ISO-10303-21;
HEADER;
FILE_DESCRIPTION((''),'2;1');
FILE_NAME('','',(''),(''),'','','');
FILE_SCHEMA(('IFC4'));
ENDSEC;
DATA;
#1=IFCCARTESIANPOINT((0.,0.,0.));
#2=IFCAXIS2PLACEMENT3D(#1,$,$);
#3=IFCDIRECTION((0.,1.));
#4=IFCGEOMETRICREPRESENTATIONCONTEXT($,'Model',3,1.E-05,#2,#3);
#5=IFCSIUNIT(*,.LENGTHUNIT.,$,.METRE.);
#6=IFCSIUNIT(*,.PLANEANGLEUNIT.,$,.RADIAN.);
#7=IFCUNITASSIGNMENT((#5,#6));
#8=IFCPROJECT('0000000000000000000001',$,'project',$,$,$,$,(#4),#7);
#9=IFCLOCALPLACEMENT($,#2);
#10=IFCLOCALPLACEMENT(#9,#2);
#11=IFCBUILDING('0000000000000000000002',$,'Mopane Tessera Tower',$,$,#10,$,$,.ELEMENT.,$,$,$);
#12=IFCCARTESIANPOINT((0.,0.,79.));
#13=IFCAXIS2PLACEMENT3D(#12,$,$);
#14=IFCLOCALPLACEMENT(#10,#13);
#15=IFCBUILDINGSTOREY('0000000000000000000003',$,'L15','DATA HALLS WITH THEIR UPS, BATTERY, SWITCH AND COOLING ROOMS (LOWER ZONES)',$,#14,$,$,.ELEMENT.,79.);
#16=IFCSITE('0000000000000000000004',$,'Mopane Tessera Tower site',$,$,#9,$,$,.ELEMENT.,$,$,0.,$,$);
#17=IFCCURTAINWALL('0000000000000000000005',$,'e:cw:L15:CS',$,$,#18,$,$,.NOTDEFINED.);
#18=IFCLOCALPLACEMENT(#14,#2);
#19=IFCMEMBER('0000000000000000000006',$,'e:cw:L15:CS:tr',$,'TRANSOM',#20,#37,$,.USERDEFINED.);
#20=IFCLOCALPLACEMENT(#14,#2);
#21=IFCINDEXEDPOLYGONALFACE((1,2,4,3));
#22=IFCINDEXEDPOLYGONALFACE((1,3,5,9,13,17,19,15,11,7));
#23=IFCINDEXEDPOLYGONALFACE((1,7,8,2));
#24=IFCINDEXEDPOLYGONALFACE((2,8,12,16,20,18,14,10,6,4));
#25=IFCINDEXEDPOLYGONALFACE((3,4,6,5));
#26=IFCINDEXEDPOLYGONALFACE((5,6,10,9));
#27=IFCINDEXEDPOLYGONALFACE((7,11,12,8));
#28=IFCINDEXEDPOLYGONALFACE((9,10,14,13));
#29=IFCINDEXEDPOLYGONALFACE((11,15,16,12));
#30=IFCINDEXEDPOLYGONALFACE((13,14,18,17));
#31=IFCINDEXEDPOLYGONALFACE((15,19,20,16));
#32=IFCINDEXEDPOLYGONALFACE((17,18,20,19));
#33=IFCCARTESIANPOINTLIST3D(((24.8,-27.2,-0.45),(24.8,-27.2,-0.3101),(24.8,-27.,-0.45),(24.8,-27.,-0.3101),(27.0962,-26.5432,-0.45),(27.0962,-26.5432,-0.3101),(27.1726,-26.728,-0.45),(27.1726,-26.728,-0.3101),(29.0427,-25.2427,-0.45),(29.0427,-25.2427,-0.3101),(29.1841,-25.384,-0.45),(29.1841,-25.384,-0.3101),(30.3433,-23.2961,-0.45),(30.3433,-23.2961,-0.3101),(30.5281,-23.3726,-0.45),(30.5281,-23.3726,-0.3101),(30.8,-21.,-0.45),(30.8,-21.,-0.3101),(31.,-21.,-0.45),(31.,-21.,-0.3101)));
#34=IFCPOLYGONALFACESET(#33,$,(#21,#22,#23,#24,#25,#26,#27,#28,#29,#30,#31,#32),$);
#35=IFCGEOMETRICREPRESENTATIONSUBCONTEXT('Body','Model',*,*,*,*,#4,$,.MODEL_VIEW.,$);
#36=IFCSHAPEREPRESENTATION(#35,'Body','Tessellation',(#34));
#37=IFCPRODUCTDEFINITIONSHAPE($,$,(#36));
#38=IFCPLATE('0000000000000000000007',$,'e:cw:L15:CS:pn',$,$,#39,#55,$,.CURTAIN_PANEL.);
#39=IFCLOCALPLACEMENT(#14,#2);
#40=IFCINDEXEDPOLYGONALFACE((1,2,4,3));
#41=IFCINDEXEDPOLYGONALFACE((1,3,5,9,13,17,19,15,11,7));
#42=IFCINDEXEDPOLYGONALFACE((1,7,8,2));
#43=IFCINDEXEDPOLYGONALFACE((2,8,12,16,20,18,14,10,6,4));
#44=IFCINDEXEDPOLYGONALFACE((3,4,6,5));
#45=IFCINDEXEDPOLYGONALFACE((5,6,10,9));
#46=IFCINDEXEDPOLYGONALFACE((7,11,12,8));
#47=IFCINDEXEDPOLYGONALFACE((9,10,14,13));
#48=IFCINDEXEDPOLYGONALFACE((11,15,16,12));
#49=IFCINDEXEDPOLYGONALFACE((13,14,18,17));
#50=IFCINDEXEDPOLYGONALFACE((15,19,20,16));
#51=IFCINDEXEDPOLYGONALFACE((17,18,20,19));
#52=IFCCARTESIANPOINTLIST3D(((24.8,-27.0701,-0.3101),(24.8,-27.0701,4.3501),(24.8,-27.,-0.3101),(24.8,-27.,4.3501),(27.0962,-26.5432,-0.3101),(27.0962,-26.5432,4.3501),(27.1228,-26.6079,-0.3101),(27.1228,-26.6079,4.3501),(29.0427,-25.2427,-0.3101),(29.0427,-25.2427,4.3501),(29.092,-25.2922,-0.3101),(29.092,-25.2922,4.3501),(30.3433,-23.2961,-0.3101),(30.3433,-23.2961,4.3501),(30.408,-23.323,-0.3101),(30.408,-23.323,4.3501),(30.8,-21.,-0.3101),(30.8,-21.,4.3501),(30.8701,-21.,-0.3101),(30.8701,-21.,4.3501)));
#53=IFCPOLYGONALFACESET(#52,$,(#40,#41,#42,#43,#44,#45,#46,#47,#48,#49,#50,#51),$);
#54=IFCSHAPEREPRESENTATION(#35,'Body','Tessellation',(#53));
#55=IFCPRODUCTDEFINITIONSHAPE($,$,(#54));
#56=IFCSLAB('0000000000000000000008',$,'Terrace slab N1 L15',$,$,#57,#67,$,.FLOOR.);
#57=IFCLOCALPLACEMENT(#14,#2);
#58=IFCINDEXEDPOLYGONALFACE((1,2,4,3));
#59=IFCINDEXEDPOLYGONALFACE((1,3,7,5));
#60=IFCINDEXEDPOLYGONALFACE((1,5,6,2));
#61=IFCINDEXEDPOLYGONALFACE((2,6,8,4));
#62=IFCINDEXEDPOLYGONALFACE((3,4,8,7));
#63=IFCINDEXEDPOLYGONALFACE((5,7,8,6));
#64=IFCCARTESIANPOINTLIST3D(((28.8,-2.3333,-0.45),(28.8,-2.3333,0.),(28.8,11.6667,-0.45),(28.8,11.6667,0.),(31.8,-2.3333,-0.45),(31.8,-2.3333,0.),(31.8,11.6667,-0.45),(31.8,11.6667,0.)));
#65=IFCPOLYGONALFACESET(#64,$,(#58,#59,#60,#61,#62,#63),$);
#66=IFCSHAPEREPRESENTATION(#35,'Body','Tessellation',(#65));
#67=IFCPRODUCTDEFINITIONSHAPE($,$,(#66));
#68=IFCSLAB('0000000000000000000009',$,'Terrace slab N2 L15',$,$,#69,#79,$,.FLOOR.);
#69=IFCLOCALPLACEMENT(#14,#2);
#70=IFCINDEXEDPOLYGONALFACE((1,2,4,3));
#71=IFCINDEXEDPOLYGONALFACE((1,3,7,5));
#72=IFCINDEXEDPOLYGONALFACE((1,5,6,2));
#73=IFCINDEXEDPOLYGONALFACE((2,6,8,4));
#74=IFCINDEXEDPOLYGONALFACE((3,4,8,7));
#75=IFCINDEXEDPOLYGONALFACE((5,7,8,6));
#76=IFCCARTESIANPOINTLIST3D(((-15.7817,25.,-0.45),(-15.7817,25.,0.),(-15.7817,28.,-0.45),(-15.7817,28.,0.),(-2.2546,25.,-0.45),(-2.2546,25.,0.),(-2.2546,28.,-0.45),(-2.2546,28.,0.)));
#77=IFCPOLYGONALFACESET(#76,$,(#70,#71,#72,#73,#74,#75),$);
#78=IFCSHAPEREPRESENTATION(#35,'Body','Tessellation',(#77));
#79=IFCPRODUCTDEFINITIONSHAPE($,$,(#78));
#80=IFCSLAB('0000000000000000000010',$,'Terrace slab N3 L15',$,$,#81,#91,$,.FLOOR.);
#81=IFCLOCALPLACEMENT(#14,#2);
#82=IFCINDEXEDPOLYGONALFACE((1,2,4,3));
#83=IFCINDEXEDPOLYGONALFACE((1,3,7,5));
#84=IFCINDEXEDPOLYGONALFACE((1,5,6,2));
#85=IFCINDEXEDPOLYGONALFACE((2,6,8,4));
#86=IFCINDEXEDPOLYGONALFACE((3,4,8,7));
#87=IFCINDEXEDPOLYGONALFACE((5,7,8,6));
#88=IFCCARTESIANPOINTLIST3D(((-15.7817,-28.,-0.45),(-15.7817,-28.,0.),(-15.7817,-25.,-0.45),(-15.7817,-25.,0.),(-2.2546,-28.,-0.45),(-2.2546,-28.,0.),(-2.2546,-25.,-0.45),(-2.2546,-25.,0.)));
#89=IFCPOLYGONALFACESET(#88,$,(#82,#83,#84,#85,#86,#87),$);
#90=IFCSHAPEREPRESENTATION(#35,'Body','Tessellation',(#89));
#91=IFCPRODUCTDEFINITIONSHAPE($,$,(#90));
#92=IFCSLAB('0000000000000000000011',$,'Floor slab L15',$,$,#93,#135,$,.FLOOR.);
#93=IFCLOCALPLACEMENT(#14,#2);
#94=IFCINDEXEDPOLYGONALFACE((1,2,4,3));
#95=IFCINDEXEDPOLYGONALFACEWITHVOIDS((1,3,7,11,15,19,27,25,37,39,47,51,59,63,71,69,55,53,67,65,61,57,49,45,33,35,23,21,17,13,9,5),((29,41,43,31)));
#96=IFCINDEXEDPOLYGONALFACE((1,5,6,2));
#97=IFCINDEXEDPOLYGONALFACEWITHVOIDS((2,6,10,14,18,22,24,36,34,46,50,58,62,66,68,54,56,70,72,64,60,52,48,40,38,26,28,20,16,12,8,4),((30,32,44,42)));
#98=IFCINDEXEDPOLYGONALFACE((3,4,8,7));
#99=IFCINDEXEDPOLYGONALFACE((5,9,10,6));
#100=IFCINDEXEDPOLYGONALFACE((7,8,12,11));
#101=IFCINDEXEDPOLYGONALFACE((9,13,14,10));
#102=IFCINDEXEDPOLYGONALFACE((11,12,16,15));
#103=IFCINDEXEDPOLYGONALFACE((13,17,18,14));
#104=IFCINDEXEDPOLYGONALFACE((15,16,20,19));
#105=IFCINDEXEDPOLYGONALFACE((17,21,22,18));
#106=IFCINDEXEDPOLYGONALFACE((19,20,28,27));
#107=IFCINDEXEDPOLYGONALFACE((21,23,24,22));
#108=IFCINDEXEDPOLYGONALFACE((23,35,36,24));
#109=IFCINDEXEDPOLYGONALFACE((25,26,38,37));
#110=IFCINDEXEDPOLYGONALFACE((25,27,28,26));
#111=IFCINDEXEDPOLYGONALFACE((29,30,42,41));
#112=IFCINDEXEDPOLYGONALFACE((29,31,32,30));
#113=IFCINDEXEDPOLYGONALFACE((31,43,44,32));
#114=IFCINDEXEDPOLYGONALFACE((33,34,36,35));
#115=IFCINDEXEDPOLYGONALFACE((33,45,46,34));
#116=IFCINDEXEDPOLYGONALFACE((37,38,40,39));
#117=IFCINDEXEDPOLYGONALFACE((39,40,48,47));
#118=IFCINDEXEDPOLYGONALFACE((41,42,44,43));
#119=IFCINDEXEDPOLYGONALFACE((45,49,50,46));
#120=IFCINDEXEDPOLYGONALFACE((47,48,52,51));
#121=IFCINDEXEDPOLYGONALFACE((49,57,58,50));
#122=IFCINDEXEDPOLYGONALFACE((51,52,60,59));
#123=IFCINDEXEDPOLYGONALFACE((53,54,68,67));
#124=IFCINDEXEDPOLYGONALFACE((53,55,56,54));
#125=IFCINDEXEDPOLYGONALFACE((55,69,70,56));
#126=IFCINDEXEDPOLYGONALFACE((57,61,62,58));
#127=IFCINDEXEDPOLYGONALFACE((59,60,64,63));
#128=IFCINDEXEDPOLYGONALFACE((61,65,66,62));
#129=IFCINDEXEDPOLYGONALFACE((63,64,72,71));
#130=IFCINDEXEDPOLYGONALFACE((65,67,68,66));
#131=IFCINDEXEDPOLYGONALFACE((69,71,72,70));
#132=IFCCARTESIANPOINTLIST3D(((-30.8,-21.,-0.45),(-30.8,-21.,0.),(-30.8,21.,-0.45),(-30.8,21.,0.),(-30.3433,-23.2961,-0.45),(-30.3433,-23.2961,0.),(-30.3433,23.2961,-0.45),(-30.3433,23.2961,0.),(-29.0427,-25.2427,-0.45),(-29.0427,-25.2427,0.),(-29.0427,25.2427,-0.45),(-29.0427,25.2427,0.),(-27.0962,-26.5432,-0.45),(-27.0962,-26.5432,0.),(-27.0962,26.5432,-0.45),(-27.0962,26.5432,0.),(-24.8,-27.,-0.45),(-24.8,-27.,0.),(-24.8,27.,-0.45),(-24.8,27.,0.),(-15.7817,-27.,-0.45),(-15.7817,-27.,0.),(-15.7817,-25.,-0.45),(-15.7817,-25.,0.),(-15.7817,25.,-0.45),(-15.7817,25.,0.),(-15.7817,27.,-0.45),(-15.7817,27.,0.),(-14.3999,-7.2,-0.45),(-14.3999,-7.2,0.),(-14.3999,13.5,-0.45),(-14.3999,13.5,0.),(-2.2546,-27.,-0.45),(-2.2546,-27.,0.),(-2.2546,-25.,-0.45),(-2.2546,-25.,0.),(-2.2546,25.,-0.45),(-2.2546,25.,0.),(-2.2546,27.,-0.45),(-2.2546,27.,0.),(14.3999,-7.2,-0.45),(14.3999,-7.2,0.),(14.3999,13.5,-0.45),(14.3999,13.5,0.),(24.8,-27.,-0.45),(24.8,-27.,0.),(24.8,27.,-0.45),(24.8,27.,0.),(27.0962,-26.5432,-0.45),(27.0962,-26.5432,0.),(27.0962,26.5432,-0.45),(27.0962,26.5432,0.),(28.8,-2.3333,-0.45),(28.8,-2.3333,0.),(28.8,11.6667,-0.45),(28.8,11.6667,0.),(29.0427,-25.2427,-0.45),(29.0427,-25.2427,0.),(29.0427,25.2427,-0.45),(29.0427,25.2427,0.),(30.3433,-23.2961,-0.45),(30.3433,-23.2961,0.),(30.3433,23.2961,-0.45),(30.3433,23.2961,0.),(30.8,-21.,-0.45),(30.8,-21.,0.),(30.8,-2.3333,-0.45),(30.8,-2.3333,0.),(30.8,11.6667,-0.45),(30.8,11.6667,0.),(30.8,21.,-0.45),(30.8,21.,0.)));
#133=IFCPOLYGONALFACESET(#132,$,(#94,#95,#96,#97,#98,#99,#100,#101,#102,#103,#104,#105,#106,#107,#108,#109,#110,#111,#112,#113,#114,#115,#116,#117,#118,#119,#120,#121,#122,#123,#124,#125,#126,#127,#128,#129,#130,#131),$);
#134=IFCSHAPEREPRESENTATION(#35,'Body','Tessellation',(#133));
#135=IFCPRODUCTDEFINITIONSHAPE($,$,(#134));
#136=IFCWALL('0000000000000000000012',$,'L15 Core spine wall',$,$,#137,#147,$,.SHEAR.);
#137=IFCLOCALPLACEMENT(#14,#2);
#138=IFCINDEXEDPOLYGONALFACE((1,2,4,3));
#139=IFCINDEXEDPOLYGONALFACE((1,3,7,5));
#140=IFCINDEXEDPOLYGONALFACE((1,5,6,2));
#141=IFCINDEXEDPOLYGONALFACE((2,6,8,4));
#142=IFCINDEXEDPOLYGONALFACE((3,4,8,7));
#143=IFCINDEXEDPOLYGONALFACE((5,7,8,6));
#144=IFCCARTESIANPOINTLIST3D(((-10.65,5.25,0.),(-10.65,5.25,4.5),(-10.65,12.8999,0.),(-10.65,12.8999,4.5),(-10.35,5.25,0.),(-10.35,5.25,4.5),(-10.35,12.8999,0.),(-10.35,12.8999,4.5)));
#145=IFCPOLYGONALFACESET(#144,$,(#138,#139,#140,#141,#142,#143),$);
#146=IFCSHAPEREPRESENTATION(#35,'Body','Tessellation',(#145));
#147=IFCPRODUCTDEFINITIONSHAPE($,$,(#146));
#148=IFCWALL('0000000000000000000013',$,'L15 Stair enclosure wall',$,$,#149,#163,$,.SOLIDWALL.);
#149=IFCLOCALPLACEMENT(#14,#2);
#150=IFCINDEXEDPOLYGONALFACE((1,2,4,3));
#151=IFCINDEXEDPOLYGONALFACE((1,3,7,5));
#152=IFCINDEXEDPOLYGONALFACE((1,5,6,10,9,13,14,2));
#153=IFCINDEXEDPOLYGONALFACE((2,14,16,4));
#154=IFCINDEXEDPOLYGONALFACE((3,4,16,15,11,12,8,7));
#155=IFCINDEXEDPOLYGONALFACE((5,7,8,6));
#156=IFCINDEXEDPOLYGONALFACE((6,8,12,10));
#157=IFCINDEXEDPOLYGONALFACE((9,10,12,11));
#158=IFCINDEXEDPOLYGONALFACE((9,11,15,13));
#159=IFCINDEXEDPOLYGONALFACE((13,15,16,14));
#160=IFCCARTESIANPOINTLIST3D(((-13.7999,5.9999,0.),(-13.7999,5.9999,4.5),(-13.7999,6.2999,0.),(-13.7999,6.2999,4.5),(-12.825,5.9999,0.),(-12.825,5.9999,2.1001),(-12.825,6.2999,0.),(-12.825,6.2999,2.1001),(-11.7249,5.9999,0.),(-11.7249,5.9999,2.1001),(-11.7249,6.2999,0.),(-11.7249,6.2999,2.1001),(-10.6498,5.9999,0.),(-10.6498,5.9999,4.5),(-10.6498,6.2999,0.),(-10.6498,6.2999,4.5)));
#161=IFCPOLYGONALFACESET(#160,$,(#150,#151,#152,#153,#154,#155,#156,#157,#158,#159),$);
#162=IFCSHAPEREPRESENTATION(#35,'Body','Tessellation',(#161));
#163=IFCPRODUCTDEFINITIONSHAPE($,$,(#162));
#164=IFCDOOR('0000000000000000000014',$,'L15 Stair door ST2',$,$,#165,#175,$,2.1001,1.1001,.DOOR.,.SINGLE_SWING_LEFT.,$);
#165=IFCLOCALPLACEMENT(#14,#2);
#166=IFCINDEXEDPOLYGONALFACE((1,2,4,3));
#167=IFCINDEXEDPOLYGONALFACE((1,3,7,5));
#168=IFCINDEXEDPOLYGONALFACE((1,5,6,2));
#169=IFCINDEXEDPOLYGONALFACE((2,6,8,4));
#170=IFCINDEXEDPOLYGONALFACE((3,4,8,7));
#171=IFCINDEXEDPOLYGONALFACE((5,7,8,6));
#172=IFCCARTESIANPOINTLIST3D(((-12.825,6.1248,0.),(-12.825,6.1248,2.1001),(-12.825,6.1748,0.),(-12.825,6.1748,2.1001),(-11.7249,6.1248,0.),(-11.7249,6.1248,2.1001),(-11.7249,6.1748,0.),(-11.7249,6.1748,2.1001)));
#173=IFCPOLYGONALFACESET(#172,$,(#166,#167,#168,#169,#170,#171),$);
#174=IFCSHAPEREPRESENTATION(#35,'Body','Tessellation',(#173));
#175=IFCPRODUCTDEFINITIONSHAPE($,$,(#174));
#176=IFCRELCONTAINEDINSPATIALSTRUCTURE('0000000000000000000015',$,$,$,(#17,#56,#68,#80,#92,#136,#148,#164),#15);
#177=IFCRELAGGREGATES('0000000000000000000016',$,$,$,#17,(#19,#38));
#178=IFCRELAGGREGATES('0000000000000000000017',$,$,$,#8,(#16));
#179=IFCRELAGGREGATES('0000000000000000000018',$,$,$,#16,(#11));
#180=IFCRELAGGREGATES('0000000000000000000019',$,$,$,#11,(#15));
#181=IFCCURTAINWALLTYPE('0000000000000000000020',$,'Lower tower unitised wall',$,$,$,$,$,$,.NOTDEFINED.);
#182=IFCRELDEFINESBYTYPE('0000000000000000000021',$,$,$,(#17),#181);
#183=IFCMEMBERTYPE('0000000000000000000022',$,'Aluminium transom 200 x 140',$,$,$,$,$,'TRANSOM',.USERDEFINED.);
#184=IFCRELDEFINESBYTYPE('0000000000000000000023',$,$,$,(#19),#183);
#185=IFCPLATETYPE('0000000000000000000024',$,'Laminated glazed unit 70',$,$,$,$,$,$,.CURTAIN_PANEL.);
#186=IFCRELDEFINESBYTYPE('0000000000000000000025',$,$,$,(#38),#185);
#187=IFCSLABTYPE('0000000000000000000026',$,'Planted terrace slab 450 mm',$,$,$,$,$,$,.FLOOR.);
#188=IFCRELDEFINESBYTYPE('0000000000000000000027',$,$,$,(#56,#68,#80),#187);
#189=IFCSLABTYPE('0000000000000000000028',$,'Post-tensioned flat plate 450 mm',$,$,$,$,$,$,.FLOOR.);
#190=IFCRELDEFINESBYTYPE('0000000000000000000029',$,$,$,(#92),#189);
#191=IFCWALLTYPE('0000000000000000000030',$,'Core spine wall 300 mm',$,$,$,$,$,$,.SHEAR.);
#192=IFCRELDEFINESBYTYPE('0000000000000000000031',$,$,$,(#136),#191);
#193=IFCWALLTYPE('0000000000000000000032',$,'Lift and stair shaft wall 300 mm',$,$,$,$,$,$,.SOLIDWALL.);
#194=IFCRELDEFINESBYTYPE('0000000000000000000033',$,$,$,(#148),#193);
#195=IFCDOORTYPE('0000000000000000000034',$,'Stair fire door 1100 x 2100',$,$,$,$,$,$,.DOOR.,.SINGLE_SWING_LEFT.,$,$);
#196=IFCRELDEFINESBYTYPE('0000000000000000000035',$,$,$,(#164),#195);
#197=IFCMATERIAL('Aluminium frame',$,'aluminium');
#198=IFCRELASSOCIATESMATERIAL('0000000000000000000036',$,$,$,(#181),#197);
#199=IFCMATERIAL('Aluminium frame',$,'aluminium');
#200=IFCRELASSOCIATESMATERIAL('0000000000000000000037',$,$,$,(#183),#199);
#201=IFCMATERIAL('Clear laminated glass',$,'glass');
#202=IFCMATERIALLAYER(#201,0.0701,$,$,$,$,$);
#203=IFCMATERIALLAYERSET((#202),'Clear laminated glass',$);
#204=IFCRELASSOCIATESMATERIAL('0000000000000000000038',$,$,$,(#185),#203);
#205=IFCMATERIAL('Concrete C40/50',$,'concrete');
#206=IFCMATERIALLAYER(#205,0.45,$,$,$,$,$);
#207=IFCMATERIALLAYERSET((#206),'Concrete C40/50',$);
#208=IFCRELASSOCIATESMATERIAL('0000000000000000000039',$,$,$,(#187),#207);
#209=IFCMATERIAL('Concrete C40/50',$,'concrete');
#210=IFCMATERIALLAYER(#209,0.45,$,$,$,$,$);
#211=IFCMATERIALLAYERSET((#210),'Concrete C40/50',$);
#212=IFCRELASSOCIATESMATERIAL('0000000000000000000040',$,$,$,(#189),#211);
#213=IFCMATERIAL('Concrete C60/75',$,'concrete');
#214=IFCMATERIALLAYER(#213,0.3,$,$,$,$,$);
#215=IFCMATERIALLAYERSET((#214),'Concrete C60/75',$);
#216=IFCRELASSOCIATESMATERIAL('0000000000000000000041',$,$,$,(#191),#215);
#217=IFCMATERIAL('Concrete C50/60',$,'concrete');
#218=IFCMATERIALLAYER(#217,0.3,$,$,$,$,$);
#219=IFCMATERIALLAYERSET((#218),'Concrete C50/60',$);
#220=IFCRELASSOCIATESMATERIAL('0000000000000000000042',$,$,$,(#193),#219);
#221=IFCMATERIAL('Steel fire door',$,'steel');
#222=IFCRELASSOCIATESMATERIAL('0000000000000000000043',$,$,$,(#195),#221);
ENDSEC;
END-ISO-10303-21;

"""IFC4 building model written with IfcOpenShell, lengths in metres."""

from ifc_helpers import new_model, si_unit, direction, frame, frame_2d, origin, origin_2d, place, context, subcontext, project, spatial, polyline, rectangle, outline, extrude, material, layer, layer_set, material_profile, profile_set, type_object, element, fill, aggregate, save


model = new_model("IFC4")

# Units and contexts
model_context = context("Model", 3, precision=1e-05, world=origin(), true_north=direction((0.0, 1.0)))
body_context = subcontext(model_context, "Body", "Model", "MODEL_VIEW")
ifc_project = project(units=[si_unit("LENGTHUNIT", "METRE"), si_unit("PLANEANGLEUNIT", "RADIAN")], contexts=[model_context])

# Site, building, storey
site_placement = place(None, origin())
site = spatial("IfcSite", under=ifc_project, at=site_placement, Name="Mopane Tessera Tower site", CompositionType="ELEMENT", RefElevation=0.0)
building_placement = place(site_placement, origin())
building = spatial("IfcBuilding", under=site, at=building_placement, Name="Mopane Tessera Tower", CompositionType="ELEMENT")
storey_placement = place(building_placement, frame((0.0, 0.0, 79.0)))
storey = spatial("IfcBuildingStorey", under=building, at=storey_placement, Name="L15", Description="DATA HALLS WITH THEIR UPS, BATTERY, SWITCH AND COOLING ROOMS (LOWER ZONES)", CompositionType="ELEMENT", Elevation=79.0)

# Curtain wall, member, plate
ifc_material_1 = material(Name="Aluminium frame", Category="aluminium")
curtain_wall_type = type_object("IfcCurtainWallType", Name="Lower tower unitised wall", PredefinedType="NOTDEFINED", material=ifc_material_1)
curtain_wall_placement = place(storey_placement, origin())
curtain_wall = element("IfcCurtainWall", 1, at=curtain_wall_placement, inside=storey, type_object=curtain_wall_type, Name="e:cw:L15:CS", PredefinedType="NOTDEFINED")
ifc_material_2 = material(Name="Aluminium frame", Category="aluminium")
ifc_material_profile = material_profile(ifc_material_2, rectangle(XDim=0.2, YDim=0.1399, at=origin_2d()))
ifc_profile_set = profile_set([ifc_material_profile], Name="Aluminium frame")
member_type = type_object("IfcMemberType", Name="Aluminium transom 200 x 140", ElementType="TRANSOM", PredefinedType="USERDEFINED", material=ifc_profile_set)
member_placement = place(storey_placement, frame((0.0, 0.0, -0.45)))
member = element("IfcMember", 2, at=member_placement, type_object=member_type, Name="e:cw:L15:CS:tr", ObjectType="TRANSOM", PredefinedType="USERDEFINED", context=body_context, shape_type="SweptSolid", body=[
    extrude(outline(polyline([(24.8, -27.0), (27.0962, -26.5432), (29.0427, -25.2427), (30.3433, -23.2961), (30.8, -21.0), (31.0, -21.0), (30.5281, -23.3726), (29.1841, -25.384), (27.1726, -26.728), (24.8, -27.2), (24.8, -27.0)])), origin(), (0.0, 0.0, 1.0), 0.1399),
])
ifc_material_3 = material(Name="Clear laminated glass", Category="glass")
ifc_layer_1 = layer(ifc_material_3, 0.0701)
ifc_layer_set_1 = layer_set([ifc_layer_1], Name="Clear laminated glass")
plate_type = type_object("IfcPlateType", Name="Laminated glazed unit 70", PredefinedType="CURTAIN_PANEL", material=ifc_layer_set_1)
plate_placement = place(storey_placement, frame((0.0, 0.0, -0.3101)))
plate = element("IfcPlate", 3, at=plate_placement, type_object=plate_type, Name="e:cw:L15:CS:pn", PredefinedType="CURTAIN_PANEL", context=body_context, shape_type="SweptSolid", body=[
    extrude(outline(polyline([(24.8, -27.0), (27.0962, -26.5432), (29.0427, -25.2427), (30.3433, -23.2961), (30.8, -21.0), (30.8701, -21.0), (30.408, -23.323), (29.092, -25.2922), (27.1228, -26.6079), (24.8, -27.0701), (24.8, -27.0)])), origin(), (0.0, 0.0, 1.0), 4.6602),
])
aggregate(curtain_wall, [member, plate])

# Slabs
ifc_material_4 = material(Name="Concrete C40/50", Category="concrete")
ifc_layer_2 = layer(ifc_material_4, 0.45)
ifc_layer_set_2 = layer_set([ifc_layer_2], Name="Concrete C40/50")
slab_type_1 = type_object("IfcSlabType", Name="Planted terrace slab 450 mm", PredefinedType="FLOOR", material=ifc_layer_set_2)
slab_1_placement = place(storey_placement, frame((0.0, 0.0, -0.45)))
element("IfcSlab", 4, at=slab_1_placement, inside=storey, type_object=slab_type_1, Name="Terrace slab N1 L15", PredefinedType="FLOOR", context=body_context, shape_type="SweptSolid", body=[
    extrude(outline(polyline([(31.8, 11.6667), (28.8, 11.6667), (28.8, -2.3333), (31.8, -2.3333), (31.8, 11.6667)])), origin(), (0.0, 0.0, 1.0), 0.45),
])
slab_2_placement = place(storey_placement, frame((0.0, 0.0, -0.45)))
element("IfcSlab", 5, at=slab_2_placement, inside=storey, type_object=slab_type_1, Name="Terrace slab N2 L15", PredefinedType="FLOOR", context=body_context, shape_type="SweptSolid", body=[
    extrude(outline(polyline([(-15.7817, 28.0), (-15.7817, 25.0), (-2.2546, 25.0), (-2.2546, 28.0), (-15.7817, 28.0)])), origin(), (0.0, 0.0, 1.0), 0.45),
])
slab_3_placement = place(storey_placement, frame((0.0, 0.0, -0.45)))
element("IfcSlab", 6, at=slab_3_placement, inside=storey, type_object=slab_type_1, Name="Terrace slab N3 L15", PredefinedType="FLOOR", context=body_context, shape_type="SweptSolid", body=[
    extrude(outline(polyline([(-2.2546, -28.0), (-2.2546, -25.0), (-15.7817, -25.0), (-15.7817, -28.0), (-2.2546, -28.0)])), origin(), (0.0, 0.0, 1.0), 0.45),
])
ifc_material_5 = material(Name="Concrete C40/50", Category="concrete")
ifc_layer_3 = layer(ifc_material_5, 0.45)
ifc_layer_set_3 = layer_set([ifc_layer_3], Name="Concrete C40/50")
slab_type_2 = type_object("IfcSlabType", Name="Post-tensioned flat plate 450 mm", PredefinedType="FLOOR", material=ifc_layer_set_3)
slab_4_placement = place(storey_placement, frame((0.0, 0.0, -0.45)))
element("IfcSlab", 7, at=slab_4_placement, inside=storey, type_object=slab_type_2, Name="Floor slab L15", PredefinedType="FLOOR", context=body_context, shape_type="SweptSolid", body=[
    extrude(outline(polyline([(-24.8, -27.0), (-15.7817, -27.0), (-15.7817, -25.0), (-2.2546, -25.0), (-2.2546, -27.0), (24.8, -27.0), (27.0962, -26.5432), (29.0427, -25.2427), (30.3433, -23.2961), (30.8, -21.0), (30.8, -2.3333), (28.8, -2.3333), (28.8, 11.6667), (30.8, 11.6667), (30.8, 21.0), (30.3433, 23.2961), (29.0427, 25.2427), (27.0962, 26.5432), (24.8, 27.0), (-2.2546, 27.0), (-2.2546, 25.0), (-15.7817, 25.0), (-15.7817, 27.0), (-24.8, 27.0), (-27.0962, 26.5432), (-29.0427, 25.2427), (-30.3433, 23.2961), (-30.8, 21.0), (-30.8, -21.0), (-30.3433, -23.2961), (-29.0427, -25.2427), (-27.0962, -26.5432), (-24.8, -27.0)]), holes=[polyline([(14.3999, -7.2), (-14.3999, -7.2), (-14.3999, 13.5), (14.3999, 13.5), (14.3999, -7.2)])]), origin(), (0.0, 0.0, 1.0), 0.45),
])

# Wall
ifc_material_6 = material(Name="Concrete C60/75", Category="concrete")
ifc_layer_4 = layer(ifc_material_6, 0.3)
ifc_layer_set_4 = layer_set([ifc_layer_4], Name="Concrete C60/75")
wall_type_1 = type_object("IfcWallType", Name="Core spine wall 300 mm", PredefinedType="SHEAR", material=ifc_layer_set_4)
wall_1_placement = place(storey_placement, frame((-10.5, 5.25, 0.0), z_axis=(0.0, 0.0, 1.0), x_axis=(0.0, 1.0, 0.0)))
element("IfcWall", 8, at=wall_1_placement, inside=storey, type_object=wall_type_1, Name="L15 Core spine wall", PredefinedType="SHEAR", context=body_context, shape_type="SweptSolid", body=[
    extrude(rectangle(XDim=7.6499, YDim=0.3, at=frame_2d((3.825, 0.0))), origin(), (0.0, 0.0, 1.0), 4.5),
])

# Wall, opening, door
ifc_material_7 = material(Name="Concrete C50/60", Category="concrete")
ifc_layer_5 = layer(ifc_material_7, 0.3)
ifc_layer_set_5 = layer_set([ifc_layer_5], Name="Concrete C50/60")
wall_type_2 = type_object("IfcWallType", Name="Lift and stair shaft wall 300 mm", PredefinedType="SOLIDWALL", material=ifc_layer_set_5)
wall_2_placement = place(storey_placement, frame((-13.8, 6.1499, 0.0), z_axis=(0.0, 0.0, 1.0), x_axis=(1.0, 0.0, 0.0)))
wall_2 = element("IfcWall", 9, at=wall_2_placement, inside=storey, type_object=wall_type_2, Name="L15 Stair enclosure wall", PredefinedType="SOLIDWALL", context=body_context, shape_type="SweptSolid", body=[
    extrude(rectangle(XDim=3.1501, YDim=0.3, at=frame_2d((1.5752, 0.0))), origin(), (0.0, 0.0, 1.0), 4.5),
])
opening_1_placement = place(wall_2_placement, frame((0.9751, 0.0, 0.0)))
opening_1 = element("IfcOpeningElement", 10, at=opening_1_placement, cuts=wall_2, PredefinedType="OPENING", context=body_context, shape_type="SweptSolid", body=[
    extrude(rectangle(XDim=1.1001, YDim=2.1001, at=frame_2d((0.55, 1.05))), frame((0.0, 0.1621, 0.0), z_axis=(0.0, -1.0, 0.0), x_axis=(1.0, 0.0, 0.0)), (0.0, 0.0, 1.0), 0.324),
])
ifc_material_8 = material(Name="Steel fire door", Category="steel")
door_type_1 = type_object("IfcDoorType", Name="Stair fire door 1100 x 2100", OperationType="SINGLE_SWING_LEFT", PredefinedType="DOOR", material=ifc_material_8)
door_1_placement = place(opening_1_placement, origin())
door_1 = element("IfcDoor", 11, at=door_1_placement, inside=storey, type_object=door_type_1, Name="L15 Stair door ST2", OperationType="SINGLE_SWING_LEFT", OverallHeight=2.1001, OverallWidth=1.1001, PredefinedType="DOOR", context=body_context, shape_type="SweptSolid", body=[
    extrude(rectangle(XDim=1.1001, YDim=2.1001, at=frame_2d((0.55, 1.05))), frame((0.0, 0.0249, 0.0), z_axis=(0.0, -1.0, 0.0), x_axis=(1.0, 0.0, 0.0)), (0.0, 0.0, 1.0), 0.05),
])
fill(opening_1, door_1)

save(model, "model.ifc")
